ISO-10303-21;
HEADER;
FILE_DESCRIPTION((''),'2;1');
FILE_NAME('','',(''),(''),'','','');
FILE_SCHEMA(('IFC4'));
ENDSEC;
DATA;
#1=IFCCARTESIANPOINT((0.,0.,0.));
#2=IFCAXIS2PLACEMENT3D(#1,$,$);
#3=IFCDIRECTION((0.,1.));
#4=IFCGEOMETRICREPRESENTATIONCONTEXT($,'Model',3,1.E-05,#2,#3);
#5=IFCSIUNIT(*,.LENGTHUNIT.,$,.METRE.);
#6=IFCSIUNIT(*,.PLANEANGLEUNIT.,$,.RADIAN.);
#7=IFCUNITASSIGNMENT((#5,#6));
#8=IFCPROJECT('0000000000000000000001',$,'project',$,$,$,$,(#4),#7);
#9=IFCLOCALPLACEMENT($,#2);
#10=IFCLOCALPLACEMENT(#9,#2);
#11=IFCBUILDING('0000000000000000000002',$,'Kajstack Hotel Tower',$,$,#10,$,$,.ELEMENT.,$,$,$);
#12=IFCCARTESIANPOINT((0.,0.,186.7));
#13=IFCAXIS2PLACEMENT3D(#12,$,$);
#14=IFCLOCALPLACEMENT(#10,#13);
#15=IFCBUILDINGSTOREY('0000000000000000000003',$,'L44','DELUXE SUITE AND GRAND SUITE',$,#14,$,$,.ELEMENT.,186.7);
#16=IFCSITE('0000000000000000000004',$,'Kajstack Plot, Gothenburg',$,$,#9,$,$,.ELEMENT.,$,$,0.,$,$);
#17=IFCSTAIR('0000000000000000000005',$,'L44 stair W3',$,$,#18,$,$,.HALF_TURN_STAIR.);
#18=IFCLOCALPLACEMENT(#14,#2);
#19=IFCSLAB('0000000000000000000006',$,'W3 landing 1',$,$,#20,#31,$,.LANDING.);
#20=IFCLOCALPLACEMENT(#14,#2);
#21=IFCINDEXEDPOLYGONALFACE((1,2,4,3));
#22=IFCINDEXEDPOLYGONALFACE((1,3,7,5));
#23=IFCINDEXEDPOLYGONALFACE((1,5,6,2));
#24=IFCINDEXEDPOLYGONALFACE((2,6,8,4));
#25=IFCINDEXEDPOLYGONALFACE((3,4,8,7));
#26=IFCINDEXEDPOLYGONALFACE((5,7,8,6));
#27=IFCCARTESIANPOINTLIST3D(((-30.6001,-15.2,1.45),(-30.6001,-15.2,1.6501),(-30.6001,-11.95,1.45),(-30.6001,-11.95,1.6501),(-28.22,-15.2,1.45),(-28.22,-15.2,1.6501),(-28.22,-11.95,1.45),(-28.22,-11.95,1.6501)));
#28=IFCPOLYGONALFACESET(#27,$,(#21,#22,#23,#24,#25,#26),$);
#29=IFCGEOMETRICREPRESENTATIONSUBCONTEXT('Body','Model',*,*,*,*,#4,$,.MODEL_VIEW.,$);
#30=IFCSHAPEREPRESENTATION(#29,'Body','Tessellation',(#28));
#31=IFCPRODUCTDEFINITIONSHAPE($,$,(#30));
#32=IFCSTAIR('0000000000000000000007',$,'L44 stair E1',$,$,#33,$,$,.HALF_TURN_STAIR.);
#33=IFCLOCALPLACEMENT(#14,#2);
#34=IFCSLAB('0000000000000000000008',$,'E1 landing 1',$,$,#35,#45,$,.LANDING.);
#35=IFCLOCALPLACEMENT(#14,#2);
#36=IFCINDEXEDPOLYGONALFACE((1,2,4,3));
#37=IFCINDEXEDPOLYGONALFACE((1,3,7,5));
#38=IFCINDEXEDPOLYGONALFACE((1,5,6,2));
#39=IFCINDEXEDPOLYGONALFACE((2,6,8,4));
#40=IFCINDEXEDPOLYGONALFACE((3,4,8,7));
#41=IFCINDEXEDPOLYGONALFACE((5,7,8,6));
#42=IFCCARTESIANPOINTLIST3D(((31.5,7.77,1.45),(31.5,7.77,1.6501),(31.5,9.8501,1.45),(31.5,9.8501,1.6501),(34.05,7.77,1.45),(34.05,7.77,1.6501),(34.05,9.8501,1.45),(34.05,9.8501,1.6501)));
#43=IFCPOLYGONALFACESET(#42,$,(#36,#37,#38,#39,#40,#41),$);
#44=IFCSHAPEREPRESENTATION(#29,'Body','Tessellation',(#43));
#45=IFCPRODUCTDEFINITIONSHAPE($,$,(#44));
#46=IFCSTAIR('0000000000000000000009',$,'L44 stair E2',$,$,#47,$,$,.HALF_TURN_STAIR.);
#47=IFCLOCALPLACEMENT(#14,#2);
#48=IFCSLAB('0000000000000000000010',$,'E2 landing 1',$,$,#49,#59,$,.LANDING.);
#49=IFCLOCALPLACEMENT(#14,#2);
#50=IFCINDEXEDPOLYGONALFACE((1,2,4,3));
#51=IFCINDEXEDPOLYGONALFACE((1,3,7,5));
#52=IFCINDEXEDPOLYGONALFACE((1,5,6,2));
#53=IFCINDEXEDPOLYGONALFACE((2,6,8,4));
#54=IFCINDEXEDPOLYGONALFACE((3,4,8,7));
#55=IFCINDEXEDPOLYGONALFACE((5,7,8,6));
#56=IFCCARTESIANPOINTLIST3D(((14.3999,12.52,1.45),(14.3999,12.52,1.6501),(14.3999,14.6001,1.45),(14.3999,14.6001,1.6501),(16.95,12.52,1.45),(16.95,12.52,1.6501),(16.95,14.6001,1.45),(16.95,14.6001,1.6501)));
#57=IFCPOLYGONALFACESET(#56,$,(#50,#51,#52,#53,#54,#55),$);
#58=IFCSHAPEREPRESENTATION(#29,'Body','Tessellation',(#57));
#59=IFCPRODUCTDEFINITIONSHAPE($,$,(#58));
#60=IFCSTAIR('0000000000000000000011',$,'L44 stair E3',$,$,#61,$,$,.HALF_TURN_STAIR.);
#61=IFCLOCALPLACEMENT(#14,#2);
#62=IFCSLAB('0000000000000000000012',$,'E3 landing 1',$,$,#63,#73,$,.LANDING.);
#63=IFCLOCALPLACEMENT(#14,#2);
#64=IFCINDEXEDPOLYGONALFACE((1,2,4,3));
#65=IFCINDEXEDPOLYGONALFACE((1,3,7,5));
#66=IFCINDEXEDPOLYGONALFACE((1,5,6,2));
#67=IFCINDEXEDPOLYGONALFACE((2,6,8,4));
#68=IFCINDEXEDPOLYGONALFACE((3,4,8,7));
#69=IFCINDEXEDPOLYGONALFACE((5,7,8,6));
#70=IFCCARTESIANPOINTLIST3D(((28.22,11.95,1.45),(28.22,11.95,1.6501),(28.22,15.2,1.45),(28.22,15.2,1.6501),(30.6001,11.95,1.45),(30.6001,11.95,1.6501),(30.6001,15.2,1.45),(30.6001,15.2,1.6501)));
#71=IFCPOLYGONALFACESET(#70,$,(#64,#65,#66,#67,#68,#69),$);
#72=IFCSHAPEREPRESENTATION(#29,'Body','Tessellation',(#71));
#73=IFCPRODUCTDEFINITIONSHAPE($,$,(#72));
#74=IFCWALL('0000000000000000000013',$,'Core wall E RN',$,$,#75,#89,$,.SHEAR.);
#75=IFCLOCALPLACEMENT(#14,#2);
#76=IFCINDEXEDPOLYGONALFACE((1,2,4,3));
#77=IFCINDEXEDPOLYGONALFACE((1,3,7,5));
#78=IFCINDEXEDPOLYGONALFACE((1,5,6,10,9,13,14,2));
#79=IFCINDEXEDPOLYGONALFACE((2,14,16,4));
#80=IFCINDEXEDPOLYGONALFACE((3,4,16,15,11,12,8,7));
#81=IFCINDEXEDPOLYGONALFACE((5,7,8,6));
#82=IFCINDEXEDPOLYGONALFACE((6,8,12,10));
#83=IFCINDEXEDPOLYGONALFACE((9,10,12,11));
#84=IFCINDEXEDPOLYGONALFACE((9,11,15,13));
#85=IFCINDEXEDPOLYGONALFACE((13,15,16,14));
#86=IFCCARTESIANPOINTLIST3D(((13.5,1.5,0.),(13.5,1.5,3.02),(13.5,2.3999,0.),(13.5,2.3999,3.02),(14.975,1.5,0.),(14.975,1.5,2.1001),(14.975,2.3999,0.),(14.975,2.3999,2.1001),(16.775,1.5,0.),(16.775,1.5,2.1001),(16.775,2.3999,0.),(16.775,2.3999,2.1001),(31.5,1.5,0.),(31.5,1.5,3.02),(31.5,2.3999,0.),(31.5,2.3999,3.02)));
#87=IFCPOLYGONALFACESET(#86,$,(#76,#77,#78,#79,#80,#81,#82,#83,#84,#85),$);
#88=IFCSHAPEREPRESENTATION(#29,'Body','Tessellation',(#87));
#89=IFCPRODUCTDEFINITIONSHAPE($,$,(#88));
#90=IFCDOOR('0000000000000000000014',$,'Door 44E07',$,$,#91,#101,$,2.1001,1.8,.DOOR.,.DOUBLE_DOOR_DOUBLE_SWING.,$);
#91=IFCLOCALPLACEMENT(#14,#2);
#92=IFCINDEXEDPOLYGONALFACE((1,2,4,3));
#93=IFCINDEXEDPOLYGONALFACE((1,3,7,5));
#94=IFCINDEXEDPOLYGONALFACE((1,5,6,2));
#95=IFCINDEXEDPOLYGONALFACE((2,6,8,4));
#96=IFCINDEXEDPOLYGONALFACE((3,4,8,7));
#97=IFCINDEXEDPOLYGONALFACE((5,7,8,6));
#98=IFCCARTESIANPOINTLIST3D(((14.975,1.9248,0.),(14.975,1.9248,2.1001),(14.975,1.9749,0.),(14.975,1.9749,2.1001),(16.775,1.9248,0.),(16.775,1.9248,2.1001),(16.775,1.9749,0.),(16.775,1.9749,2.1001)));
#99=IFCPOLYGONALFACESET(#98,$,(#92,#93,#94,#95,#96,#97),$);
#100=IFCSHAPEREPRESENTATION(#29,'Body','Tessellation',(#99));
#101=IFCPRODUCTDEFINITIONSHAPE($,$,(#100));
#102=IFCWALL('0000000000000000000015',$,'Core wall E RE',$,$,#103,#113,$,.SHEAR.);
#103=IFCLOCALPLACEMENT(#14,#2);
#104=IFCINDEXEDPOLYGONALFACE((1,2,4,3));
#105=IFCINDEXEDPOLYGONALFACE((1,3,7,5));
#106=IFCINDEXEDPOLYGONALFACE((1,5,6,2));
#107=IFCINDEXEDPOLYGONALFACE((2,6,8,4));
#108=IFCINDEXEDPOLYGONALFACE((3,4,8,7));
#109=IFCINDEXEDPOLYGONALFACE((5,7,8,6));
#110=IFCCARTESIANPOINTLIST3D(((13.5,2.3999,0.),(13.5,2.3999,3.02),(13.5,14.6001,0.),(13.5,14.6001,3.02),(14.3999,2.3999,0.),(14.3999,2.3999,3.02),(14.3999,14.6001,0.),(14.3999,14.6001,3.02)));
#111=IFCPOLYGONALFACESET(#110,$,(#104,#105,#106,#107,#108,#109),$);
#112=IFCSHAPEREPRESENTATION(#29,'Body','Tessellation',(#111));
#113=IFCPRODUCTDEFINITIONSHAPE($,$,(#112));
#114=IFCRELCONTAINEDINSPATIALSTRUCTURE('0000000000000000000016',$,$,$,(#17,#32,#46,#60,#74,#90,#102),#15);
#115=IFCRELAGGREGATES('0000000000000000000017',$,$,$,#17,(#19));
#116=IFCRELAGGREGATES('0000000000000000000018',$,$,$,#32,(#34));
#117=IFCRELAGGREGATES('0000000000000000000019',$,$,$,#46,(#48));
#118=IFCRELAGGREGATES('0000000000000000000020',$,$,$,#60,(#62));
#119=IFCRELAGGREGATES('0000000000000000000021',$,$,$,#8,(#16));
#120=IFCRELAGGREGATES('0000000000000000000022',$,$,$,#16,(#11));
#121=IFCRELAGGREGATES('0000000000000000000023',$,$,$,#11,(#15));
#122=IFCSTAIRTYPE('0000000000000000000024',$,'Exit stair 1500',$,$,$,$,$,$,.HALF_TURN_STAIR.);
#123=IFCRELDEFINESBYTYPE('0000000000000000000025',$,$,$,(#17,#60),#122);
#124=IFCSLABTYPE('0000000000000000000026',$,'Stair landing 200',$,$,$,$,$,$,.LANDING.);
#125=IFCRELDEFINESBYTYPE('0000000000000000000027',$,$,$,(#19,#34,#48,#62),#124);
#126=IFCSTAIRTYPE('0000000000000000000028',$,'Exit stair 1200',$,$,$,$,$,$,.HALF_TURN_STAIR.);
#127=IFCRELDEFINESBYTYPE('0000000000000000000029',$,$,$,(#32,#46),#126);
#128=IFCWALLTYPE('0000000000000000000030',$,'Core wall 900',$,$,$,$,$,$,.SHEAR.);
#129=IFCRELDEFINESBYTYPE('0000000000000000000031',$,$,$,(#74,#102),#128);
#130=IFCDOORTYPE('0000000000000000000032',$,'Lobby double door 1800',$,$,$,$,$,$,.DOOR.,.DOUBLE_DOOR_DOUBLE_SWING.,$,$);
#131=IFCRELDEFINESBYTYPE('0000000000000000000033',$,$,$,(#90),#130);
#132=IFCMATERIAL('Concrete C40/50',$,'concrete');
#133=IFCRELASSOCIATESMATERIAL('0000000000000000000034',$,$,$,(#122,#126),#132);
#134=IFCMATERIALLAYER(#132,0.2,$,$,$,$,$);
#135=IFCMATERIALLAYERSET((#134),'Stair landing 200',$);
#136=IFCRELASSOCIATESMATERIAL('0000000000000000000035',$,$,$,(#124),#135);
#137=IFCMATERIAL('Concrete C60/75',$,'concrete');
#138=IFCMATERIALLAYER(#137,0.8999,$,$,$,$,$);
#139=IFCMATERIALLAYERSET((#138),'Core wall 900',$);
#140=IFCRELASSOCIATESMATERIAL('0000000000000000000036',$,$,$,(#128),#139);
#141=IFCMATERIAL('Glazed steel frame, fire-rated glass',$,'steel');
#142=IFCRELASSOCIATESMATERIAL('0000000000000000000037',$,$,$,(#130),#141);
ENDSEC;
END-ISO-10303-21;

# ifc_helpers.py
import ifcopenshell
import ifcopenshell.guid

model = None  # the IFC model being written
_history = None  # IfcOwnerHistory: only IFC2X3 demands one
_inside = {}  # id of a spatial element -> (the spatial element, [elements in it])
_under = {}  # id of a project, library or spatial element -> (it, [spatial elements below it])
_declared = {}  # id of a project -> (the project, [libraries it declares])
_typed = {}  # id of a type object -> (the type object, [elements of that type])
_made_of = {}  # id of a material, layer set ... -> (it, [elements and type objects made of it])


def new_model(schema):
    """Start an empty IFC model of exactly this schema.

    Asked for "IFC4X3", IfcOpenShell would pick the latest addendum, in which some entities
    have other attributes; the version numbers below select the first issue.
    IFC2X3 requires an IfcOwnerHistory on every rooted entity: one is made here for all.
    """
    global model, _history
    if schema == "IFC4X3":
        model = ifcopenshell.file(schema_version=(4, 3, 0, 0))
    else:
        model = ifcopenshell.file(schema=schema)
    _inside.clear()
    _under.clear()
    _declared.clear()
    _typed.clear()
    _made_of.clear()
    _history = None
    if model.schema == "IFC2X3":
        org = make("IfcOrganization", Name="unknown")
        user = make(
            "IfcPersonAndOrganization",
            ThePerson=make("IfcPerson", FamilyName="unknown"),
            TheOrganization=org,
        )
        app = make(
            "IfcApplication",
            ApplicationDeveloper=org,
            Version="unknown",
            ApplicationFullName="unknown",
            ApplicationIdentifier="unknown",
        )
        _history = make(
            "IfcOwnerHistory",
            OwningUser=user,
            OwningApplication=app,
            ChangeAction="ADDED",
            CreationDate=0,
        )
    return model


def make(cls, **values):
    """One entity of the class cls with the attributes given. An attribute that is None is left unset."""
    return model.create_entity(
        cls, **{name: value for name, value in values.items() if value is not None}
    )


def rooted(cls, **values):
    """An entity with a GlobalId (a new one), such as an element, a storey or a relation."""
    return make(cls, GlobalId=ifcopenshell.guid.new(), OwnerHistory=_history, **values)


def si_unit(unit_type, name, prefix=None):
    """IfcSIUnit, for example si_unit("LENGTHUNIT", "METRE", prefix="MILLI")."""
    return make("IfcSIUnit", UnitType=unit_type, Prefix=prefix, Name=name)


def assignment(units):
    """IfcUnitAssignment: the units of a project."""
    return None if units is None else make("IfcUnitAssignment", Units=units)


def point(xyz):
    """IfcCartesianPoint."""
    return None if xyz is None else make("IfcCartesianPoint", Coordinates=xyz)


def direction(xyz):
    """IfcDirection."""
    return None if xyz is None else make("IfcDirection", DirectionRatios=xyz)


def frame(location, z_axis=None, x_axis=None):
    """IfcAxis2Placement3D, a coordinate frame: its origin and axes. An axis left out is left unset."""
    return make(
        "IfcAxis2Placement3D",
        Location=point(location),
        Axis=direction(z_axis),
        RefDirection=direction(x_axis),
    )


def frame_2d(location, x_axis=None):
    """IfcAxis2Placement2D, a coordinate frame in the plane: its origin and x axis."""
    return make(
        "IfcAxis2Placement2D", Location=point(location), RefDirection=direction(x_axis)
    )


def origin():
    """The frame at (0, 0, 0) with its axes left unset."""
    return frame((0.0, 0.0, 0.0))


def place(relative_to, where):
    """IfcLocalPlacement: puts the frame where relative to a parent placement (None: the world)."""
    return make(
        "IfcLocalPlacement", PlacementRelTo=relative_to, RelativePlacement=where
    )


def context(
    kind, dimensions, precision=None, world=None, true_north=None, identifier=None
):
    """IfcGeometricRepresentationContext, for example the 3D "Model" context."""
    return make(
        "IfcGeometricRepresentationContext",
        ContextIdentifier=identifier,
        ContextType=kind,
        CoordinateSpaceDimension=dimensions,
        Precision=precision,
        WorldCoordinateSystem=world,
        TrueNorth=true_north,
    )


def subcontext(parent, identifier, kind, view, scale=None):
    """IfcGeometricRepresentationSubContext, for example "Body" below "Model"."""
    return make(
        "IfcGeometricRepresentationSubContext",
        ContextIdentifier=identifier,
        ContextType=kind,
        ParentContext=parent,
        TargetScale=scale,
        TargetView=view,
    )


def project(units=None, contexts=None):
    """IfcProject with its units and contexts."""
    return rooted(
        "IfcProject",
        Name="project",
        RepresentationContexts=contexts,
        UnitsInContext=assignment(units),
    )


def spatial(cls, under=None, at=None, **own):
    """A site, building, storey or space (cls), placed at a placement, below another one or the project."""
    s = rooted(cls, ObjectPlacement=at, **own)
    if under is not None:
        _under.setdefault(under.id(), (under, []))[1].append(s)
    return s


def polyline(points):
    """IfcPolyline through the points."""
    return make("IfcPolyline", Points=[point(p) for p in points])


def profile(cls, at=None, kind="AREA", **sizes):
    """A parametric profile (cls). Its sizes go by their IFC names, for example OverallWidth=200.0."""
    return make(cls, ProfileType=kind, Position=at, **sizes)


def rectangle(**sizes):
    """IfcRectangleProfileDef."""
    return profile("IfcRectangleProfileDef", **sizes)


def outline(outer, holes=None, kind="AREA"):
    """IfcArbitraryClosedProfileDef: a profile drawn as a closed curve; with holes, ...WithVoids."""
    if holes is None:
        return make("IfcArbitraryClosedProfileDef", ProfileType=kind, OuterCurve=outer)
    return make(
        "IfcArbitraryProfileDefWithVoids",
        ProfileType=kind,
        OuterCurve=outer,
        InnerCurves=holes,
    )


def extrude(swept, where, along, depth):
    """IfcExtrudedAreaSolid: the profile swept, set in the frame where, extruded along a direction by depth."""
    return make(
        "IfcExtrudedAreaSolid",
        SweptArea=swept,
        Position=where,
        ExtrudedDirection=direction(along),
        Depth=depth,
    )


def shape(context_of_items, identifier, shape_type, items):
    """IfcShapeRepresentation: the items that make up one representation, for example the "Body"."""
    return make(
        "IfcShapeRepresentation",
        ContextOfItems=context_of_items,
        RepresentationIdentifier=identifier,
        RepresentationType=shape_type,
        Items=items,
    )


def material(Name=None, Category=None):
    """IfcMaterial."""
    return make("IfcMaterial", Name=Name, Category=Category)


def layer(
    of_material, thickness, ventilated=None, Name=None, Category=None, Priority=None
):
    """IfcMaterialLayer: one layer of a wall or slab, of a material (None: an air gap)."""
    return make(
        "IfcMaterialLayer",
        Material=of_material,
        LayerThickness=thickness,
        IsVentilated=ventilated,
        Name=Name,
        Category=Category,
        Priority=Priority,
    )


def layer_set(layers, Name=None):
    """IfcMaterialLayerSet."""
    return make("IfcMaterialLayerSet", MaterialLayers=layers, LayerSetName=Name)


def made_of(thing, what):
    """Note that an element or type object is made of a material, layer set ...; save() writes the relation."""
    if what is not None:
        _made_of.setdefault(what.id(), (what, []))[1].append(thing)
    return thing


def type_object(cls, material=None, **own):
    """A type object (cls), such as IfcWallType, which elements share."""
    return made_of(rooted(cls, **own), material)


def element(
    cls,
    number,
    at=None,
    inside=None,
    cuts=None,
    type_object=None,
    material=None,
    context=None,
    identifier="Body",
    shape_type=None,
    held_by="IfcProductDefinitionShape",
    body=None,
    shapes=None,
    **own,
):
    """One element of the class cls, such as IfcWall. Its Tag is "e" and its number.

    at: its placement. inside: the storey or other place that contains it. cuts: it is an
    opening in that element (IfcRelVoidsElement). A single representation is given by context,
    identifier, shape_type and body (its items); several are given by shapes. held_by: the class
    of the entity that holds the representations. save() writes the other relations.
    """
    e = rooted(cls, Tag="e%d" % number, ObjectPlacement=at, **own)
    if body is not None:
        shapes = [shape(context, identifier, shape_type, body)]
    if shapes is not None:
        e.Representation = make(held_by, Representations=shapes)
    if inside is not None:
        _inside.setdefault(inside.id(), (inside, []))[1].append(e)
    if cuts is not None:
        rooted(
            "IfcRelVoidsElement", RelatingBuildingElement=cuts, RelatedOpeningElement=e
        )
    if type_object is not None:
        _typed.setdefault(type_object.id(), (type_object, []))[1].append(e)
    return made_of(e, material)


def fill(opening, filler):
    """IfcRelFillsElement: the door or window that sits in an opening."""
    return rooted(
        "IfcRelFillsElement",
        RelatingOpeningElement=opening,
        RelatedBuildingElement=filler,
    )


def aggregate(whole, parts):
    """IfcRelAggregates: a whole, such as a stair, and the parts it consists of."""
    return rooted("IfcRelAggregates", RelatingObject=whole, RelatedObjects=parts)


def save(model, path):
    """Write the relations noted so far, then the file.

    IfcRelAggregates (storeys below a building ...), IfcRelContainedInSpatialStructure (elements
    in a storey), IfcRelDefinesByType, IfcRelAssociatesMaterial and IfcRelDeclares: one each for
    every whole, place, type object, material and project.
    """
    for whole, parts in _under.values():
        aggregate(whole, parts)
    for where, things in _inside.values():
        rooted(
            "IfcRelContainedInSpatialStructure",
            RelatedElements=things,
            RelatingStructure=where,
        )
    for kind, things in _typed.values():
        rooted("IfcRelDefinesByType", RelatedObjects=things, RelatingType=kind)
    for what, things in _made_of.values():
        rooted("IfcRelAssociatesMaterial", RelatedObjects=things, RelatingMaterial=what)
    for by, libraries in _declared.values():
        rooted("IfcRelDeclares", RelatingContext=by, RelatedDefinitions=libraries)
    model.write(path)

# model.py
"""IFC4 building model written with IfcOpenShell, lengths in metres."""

from ifc_helpers import new_model, si_unit, direction, frame, frame_2d, origin, place, context, subcontext, project, spatial, polyline, rectangle, outline, extrude, material, layer, layer_set, type_object, element, fill, aggregate, save


model = new_model("IFC4")

# Units and contexts
model_context = context("Model", 3, precision=1e-05, world=origin(), true_north=direction((0.0, 1.0)))
body_context = subcontext(model_context, "Body", "Model", "MODEL_VIEW")
ifc_project = project(units=[si_unit("LENGTHUNIT", "METRE"), si_unit("PLANEANGLEUNIT", "RADIAN")], contexts=[model_context])

# Site, building, storey
site_placement = place(None, origin())
site = spatial("IfcSite", under=ifc_project, at=site_placement, Name="Kajstack Plot, Gothenburg", CompositionType="ELEMENT", RefElevation=0.0)
building_placement = place(site_placement, origin())
building = spatial("IfcBuilding", under=site, at=building_placement, Name="Kajstack Hotel Tower", CompositionType="ELEMENT")
storey_placement = place(building_placement, frame((0.0, 0.0, 186.7)))
storey = spatial("IfcBuildingStorey", under=building, at=storey_placement, Name="L44", Description="DELUXE SUITE AND GRAND SUITE", CompositionType="ELEMENT", Elevation=186.7)

# Stairs, slabs
ifc_material_1 = material(Name="Concrete C40/50", Category="concrete")
stair_type_1 = type_object("IfcStairType", Name="Exit stair 1500", PredefinedType="HALF_TURN_STAIR", material=ifc_material_1)
stair_1_placement = place(storey_placement, origin())
stair_1 = element("IfcStair", 1, at=stair_1_placement, inside=storey, type_object=stair_type_1, Name="L44 stair W3", PredefinedType="HALF_TURN_STAIR")
ifc_layer_1 = layer(ifc_material_1, 0.2)
ifc_layer_set_1 = layer_set([ifc_layer_1], Name="Stair landing 200")
slab_type = type_object("IfcSlabType", Name="Stair landing 200", PredefinedType="LANDING", material=ifc_layer_set_1)
slab_1_placement = place(storey_placement, frame((0.0, 0.0, 1.45)))
slab_1 = element("IfcSlab", 2, at=slab_1_placement, type_object=slab_type, Name="W3 landing 1", PredefinedType="LANDING", context=body_context, shape_type="SweptSolid", body=[
    extrude(outline(polyline([(-28.22, -11.95), (-30.6001, -11.95), (-30.6001, -15.2), (-28.22, -15.2), (-28.22, -11.95)])), origin(), (0.0, 0.0, 1.0), 0.2002),
])
aggregate(stair_1, [slab_1])
stair_type_2 = type_object("IfcStairType", Name="Exit stair 1200", PredefinedType="HALF_TURN_STAIR", material=ifc_material_1)
stair_2_placement = place(storey_placement, origin())
stair_2 = element("IfcStair", 3, at=stair_2_placement, inside=storey, type_object=stair_type_2, Name="L44 stair E1", PredefinedType="HALF_TURN_STAIR")
slab_2_placement = place(storey_placement, frame((0.0, 0.0, 1.45)))
slab_2 = element("IfcSlab", 4, at=slab_2_placement, type_object=slab_type, Name="E1 landing 1", PredefinedType="LANDING", context=body_context, shape_type="SweptSolid", body=[
    extrude(outline(polyline([(34.05, 7.77), (34.05, 9.8501), (31.5, 9.8501), (31.5, 7.77), (34.05, 7.77)])), origin(), (0.0, 0.0, 1.0), 0.2002),
])
aggregate(stair_2, [slab_2])
stair_3_placement = place(storey_placement, origin())
stair_3 = element("IfcStair", 5, at=stair_3_placement, inside=storey, type_object=stair_type_2, Name="L44 stair E2", PredefinedType="HALF_TURN_STAIR")
slab_3_placement = place(storey_placement, frame((0.0, 0.0, 1.45)))
slab_3 = element("IfcSlab", 6, at=slab_3_placement, type_object=slab_type, Name="E2 landing 1", PredefinedType="LANDING", context=body_context, shape_type="SweptSolid", body=[
    extrude(outline(polyline([(16.95, 12.52), (16.95, 14.6001), (14.3999, 14.6001), (14.3999, 12.52), (16.95, 12.52)])), origin(), (0.0, 0.0, 1.0), 0.2002),
])
aggregate(stair_3, [slab_3])
stair_4_placement = place(storey_placement, origin())
stair_4 = element("IfcStair", 7, at=stair_4_placement, inside=storey, type_object=stair_type_1, Name="L44 stair E3", PredefinedType="HALF_TURN_STAIR")
slab_4_placement = place(storey_placement, frame((0.0, 0.0, 1.45)))
slab_4 = element("IfcSlab", 8, at=slab_4_placement, type_object=slab_type, Name="E3 landing 1", PredefinedType="LANDING", context=body_context, shape_type="SweptSolid", body=[
    extrude(outline(polyline([(28.22, 11.95), (30.6001, 11.95), (30.6001, 15.2), (28.22, 15.2), (28.22, 11.95)])), origin(), (0.0, 0.0, 1.0), 0.2002),
])
aggregate(stair_4, [slab_4])

# Wall, opening, door
ifc_material_2 = material(Name="Concrete C60/75", Category="concrete")
ifc_layer_2 = layer(ifc_material_2, 0.8999)
ifc_layer_set_2 = layer_set([ifc_layer_2], Name="Core wall 900")
wall_type_1 = type_object("IfcWallType", Name="Core wall 900", PredefinedType="SHEAR", material=ifc_layer_set_2)
wall_1_placement = place(storey_placement, frame((13.5, 1.95, 0.0), z_axis=(0.0, 0.0, 1.0), x_axis=(1.0, 0.0, 0.0)))
wall_1 = element("IfcWall", 9, at=wall_1_placement, inside=storey, type_object=wall_type_1, Name="Core wall E RN", PredefinedType="SHEAR", context=body_context, shape_type="SweptSolid", body=[
    extrude(rectangle(XDim=18.0, YDim=0.8999, at=frame_2d((9.0, 0.0))), origin(), (0.0, 0.0, 1.0), 3.02),
])
opening_1_placement = place(wall_1_placement, frame((1.4751, 0.0, 0.0)))
opening_1 = element("IfcOpeningElement", 10, at=opening_1_placement, cuts=wall_1, PredefinedType="OPENING", context=body_context, shape_type="SweptSolid", body=[
    extrude(rectangle(XDim=1.8, YDim=2.1001, at=frame_2d((0.8999, 1.05))), frame((0.0, 0.46, 0.0), z_axis=(0.0, -1.0, 0.0), x_axis=(1.0, 0.0, 0.0)), (0.0, 0.0, 1.0), 0.9199),
])
ifc_material_3 = material(Name="Glazed steel frame, fire-rated glass", Category="steel")
door_type_1 = type_object("IfcDoorType", Name="Lobby double door 1800", OperationType="DOUBLE_DOOR_DOUBLE_SWING", PredefinedType="DOOR", material=ifc_material_3)
door_1_placement = place(opening_1_placement, origin())
door_1 = element("IfcDoor", 11, at=door_1_placement, inside=storey, type_object=door_type_1, Name="Door 44E07", OperationType="DOUBLE_DOOR_DOUBLE_SWING", OverallHeight=2.1001, OverallWidth=1.8, PredefinedType="DOOR", context=body_context, shape_type="SweptSolid", body=[
    extrude(rectangle(XDim=1.8, YDim=2.1001, at=frame_2d((0.8999, 1.05))), frame((0.0, 0.0249, 0.0), z_axis=(0.0, -1.0, 0.0), x_axis=(1.0, 0.0, 0.0)), (0.0, 0.0, 1.0), 0.05),
])
fill(opening_1, door_1)

# Wall
wall_2_placement = place(storey_placement, frame((13.95, 2.3999, 0.0), z_axis=(0.0, 0.0, 1.0), x_axis=(0.0, 1.0, 0.0)))
element("IfcWall", 12, at=wall_2_placement, inside=storey, type_object=wall_type_1, Name="Core wall E RE", PredefinedType="SHEAR", context=body_context, shape_type="SweptSolid", body=[
    extrude(rectangle(XDim=12.2002, YDim=0.8999, at=frame_2d((6.1001, 0.0))), origin(), (0.0, 0.0, 1.0), 3.02),
])

save(model, "model.ifc")
